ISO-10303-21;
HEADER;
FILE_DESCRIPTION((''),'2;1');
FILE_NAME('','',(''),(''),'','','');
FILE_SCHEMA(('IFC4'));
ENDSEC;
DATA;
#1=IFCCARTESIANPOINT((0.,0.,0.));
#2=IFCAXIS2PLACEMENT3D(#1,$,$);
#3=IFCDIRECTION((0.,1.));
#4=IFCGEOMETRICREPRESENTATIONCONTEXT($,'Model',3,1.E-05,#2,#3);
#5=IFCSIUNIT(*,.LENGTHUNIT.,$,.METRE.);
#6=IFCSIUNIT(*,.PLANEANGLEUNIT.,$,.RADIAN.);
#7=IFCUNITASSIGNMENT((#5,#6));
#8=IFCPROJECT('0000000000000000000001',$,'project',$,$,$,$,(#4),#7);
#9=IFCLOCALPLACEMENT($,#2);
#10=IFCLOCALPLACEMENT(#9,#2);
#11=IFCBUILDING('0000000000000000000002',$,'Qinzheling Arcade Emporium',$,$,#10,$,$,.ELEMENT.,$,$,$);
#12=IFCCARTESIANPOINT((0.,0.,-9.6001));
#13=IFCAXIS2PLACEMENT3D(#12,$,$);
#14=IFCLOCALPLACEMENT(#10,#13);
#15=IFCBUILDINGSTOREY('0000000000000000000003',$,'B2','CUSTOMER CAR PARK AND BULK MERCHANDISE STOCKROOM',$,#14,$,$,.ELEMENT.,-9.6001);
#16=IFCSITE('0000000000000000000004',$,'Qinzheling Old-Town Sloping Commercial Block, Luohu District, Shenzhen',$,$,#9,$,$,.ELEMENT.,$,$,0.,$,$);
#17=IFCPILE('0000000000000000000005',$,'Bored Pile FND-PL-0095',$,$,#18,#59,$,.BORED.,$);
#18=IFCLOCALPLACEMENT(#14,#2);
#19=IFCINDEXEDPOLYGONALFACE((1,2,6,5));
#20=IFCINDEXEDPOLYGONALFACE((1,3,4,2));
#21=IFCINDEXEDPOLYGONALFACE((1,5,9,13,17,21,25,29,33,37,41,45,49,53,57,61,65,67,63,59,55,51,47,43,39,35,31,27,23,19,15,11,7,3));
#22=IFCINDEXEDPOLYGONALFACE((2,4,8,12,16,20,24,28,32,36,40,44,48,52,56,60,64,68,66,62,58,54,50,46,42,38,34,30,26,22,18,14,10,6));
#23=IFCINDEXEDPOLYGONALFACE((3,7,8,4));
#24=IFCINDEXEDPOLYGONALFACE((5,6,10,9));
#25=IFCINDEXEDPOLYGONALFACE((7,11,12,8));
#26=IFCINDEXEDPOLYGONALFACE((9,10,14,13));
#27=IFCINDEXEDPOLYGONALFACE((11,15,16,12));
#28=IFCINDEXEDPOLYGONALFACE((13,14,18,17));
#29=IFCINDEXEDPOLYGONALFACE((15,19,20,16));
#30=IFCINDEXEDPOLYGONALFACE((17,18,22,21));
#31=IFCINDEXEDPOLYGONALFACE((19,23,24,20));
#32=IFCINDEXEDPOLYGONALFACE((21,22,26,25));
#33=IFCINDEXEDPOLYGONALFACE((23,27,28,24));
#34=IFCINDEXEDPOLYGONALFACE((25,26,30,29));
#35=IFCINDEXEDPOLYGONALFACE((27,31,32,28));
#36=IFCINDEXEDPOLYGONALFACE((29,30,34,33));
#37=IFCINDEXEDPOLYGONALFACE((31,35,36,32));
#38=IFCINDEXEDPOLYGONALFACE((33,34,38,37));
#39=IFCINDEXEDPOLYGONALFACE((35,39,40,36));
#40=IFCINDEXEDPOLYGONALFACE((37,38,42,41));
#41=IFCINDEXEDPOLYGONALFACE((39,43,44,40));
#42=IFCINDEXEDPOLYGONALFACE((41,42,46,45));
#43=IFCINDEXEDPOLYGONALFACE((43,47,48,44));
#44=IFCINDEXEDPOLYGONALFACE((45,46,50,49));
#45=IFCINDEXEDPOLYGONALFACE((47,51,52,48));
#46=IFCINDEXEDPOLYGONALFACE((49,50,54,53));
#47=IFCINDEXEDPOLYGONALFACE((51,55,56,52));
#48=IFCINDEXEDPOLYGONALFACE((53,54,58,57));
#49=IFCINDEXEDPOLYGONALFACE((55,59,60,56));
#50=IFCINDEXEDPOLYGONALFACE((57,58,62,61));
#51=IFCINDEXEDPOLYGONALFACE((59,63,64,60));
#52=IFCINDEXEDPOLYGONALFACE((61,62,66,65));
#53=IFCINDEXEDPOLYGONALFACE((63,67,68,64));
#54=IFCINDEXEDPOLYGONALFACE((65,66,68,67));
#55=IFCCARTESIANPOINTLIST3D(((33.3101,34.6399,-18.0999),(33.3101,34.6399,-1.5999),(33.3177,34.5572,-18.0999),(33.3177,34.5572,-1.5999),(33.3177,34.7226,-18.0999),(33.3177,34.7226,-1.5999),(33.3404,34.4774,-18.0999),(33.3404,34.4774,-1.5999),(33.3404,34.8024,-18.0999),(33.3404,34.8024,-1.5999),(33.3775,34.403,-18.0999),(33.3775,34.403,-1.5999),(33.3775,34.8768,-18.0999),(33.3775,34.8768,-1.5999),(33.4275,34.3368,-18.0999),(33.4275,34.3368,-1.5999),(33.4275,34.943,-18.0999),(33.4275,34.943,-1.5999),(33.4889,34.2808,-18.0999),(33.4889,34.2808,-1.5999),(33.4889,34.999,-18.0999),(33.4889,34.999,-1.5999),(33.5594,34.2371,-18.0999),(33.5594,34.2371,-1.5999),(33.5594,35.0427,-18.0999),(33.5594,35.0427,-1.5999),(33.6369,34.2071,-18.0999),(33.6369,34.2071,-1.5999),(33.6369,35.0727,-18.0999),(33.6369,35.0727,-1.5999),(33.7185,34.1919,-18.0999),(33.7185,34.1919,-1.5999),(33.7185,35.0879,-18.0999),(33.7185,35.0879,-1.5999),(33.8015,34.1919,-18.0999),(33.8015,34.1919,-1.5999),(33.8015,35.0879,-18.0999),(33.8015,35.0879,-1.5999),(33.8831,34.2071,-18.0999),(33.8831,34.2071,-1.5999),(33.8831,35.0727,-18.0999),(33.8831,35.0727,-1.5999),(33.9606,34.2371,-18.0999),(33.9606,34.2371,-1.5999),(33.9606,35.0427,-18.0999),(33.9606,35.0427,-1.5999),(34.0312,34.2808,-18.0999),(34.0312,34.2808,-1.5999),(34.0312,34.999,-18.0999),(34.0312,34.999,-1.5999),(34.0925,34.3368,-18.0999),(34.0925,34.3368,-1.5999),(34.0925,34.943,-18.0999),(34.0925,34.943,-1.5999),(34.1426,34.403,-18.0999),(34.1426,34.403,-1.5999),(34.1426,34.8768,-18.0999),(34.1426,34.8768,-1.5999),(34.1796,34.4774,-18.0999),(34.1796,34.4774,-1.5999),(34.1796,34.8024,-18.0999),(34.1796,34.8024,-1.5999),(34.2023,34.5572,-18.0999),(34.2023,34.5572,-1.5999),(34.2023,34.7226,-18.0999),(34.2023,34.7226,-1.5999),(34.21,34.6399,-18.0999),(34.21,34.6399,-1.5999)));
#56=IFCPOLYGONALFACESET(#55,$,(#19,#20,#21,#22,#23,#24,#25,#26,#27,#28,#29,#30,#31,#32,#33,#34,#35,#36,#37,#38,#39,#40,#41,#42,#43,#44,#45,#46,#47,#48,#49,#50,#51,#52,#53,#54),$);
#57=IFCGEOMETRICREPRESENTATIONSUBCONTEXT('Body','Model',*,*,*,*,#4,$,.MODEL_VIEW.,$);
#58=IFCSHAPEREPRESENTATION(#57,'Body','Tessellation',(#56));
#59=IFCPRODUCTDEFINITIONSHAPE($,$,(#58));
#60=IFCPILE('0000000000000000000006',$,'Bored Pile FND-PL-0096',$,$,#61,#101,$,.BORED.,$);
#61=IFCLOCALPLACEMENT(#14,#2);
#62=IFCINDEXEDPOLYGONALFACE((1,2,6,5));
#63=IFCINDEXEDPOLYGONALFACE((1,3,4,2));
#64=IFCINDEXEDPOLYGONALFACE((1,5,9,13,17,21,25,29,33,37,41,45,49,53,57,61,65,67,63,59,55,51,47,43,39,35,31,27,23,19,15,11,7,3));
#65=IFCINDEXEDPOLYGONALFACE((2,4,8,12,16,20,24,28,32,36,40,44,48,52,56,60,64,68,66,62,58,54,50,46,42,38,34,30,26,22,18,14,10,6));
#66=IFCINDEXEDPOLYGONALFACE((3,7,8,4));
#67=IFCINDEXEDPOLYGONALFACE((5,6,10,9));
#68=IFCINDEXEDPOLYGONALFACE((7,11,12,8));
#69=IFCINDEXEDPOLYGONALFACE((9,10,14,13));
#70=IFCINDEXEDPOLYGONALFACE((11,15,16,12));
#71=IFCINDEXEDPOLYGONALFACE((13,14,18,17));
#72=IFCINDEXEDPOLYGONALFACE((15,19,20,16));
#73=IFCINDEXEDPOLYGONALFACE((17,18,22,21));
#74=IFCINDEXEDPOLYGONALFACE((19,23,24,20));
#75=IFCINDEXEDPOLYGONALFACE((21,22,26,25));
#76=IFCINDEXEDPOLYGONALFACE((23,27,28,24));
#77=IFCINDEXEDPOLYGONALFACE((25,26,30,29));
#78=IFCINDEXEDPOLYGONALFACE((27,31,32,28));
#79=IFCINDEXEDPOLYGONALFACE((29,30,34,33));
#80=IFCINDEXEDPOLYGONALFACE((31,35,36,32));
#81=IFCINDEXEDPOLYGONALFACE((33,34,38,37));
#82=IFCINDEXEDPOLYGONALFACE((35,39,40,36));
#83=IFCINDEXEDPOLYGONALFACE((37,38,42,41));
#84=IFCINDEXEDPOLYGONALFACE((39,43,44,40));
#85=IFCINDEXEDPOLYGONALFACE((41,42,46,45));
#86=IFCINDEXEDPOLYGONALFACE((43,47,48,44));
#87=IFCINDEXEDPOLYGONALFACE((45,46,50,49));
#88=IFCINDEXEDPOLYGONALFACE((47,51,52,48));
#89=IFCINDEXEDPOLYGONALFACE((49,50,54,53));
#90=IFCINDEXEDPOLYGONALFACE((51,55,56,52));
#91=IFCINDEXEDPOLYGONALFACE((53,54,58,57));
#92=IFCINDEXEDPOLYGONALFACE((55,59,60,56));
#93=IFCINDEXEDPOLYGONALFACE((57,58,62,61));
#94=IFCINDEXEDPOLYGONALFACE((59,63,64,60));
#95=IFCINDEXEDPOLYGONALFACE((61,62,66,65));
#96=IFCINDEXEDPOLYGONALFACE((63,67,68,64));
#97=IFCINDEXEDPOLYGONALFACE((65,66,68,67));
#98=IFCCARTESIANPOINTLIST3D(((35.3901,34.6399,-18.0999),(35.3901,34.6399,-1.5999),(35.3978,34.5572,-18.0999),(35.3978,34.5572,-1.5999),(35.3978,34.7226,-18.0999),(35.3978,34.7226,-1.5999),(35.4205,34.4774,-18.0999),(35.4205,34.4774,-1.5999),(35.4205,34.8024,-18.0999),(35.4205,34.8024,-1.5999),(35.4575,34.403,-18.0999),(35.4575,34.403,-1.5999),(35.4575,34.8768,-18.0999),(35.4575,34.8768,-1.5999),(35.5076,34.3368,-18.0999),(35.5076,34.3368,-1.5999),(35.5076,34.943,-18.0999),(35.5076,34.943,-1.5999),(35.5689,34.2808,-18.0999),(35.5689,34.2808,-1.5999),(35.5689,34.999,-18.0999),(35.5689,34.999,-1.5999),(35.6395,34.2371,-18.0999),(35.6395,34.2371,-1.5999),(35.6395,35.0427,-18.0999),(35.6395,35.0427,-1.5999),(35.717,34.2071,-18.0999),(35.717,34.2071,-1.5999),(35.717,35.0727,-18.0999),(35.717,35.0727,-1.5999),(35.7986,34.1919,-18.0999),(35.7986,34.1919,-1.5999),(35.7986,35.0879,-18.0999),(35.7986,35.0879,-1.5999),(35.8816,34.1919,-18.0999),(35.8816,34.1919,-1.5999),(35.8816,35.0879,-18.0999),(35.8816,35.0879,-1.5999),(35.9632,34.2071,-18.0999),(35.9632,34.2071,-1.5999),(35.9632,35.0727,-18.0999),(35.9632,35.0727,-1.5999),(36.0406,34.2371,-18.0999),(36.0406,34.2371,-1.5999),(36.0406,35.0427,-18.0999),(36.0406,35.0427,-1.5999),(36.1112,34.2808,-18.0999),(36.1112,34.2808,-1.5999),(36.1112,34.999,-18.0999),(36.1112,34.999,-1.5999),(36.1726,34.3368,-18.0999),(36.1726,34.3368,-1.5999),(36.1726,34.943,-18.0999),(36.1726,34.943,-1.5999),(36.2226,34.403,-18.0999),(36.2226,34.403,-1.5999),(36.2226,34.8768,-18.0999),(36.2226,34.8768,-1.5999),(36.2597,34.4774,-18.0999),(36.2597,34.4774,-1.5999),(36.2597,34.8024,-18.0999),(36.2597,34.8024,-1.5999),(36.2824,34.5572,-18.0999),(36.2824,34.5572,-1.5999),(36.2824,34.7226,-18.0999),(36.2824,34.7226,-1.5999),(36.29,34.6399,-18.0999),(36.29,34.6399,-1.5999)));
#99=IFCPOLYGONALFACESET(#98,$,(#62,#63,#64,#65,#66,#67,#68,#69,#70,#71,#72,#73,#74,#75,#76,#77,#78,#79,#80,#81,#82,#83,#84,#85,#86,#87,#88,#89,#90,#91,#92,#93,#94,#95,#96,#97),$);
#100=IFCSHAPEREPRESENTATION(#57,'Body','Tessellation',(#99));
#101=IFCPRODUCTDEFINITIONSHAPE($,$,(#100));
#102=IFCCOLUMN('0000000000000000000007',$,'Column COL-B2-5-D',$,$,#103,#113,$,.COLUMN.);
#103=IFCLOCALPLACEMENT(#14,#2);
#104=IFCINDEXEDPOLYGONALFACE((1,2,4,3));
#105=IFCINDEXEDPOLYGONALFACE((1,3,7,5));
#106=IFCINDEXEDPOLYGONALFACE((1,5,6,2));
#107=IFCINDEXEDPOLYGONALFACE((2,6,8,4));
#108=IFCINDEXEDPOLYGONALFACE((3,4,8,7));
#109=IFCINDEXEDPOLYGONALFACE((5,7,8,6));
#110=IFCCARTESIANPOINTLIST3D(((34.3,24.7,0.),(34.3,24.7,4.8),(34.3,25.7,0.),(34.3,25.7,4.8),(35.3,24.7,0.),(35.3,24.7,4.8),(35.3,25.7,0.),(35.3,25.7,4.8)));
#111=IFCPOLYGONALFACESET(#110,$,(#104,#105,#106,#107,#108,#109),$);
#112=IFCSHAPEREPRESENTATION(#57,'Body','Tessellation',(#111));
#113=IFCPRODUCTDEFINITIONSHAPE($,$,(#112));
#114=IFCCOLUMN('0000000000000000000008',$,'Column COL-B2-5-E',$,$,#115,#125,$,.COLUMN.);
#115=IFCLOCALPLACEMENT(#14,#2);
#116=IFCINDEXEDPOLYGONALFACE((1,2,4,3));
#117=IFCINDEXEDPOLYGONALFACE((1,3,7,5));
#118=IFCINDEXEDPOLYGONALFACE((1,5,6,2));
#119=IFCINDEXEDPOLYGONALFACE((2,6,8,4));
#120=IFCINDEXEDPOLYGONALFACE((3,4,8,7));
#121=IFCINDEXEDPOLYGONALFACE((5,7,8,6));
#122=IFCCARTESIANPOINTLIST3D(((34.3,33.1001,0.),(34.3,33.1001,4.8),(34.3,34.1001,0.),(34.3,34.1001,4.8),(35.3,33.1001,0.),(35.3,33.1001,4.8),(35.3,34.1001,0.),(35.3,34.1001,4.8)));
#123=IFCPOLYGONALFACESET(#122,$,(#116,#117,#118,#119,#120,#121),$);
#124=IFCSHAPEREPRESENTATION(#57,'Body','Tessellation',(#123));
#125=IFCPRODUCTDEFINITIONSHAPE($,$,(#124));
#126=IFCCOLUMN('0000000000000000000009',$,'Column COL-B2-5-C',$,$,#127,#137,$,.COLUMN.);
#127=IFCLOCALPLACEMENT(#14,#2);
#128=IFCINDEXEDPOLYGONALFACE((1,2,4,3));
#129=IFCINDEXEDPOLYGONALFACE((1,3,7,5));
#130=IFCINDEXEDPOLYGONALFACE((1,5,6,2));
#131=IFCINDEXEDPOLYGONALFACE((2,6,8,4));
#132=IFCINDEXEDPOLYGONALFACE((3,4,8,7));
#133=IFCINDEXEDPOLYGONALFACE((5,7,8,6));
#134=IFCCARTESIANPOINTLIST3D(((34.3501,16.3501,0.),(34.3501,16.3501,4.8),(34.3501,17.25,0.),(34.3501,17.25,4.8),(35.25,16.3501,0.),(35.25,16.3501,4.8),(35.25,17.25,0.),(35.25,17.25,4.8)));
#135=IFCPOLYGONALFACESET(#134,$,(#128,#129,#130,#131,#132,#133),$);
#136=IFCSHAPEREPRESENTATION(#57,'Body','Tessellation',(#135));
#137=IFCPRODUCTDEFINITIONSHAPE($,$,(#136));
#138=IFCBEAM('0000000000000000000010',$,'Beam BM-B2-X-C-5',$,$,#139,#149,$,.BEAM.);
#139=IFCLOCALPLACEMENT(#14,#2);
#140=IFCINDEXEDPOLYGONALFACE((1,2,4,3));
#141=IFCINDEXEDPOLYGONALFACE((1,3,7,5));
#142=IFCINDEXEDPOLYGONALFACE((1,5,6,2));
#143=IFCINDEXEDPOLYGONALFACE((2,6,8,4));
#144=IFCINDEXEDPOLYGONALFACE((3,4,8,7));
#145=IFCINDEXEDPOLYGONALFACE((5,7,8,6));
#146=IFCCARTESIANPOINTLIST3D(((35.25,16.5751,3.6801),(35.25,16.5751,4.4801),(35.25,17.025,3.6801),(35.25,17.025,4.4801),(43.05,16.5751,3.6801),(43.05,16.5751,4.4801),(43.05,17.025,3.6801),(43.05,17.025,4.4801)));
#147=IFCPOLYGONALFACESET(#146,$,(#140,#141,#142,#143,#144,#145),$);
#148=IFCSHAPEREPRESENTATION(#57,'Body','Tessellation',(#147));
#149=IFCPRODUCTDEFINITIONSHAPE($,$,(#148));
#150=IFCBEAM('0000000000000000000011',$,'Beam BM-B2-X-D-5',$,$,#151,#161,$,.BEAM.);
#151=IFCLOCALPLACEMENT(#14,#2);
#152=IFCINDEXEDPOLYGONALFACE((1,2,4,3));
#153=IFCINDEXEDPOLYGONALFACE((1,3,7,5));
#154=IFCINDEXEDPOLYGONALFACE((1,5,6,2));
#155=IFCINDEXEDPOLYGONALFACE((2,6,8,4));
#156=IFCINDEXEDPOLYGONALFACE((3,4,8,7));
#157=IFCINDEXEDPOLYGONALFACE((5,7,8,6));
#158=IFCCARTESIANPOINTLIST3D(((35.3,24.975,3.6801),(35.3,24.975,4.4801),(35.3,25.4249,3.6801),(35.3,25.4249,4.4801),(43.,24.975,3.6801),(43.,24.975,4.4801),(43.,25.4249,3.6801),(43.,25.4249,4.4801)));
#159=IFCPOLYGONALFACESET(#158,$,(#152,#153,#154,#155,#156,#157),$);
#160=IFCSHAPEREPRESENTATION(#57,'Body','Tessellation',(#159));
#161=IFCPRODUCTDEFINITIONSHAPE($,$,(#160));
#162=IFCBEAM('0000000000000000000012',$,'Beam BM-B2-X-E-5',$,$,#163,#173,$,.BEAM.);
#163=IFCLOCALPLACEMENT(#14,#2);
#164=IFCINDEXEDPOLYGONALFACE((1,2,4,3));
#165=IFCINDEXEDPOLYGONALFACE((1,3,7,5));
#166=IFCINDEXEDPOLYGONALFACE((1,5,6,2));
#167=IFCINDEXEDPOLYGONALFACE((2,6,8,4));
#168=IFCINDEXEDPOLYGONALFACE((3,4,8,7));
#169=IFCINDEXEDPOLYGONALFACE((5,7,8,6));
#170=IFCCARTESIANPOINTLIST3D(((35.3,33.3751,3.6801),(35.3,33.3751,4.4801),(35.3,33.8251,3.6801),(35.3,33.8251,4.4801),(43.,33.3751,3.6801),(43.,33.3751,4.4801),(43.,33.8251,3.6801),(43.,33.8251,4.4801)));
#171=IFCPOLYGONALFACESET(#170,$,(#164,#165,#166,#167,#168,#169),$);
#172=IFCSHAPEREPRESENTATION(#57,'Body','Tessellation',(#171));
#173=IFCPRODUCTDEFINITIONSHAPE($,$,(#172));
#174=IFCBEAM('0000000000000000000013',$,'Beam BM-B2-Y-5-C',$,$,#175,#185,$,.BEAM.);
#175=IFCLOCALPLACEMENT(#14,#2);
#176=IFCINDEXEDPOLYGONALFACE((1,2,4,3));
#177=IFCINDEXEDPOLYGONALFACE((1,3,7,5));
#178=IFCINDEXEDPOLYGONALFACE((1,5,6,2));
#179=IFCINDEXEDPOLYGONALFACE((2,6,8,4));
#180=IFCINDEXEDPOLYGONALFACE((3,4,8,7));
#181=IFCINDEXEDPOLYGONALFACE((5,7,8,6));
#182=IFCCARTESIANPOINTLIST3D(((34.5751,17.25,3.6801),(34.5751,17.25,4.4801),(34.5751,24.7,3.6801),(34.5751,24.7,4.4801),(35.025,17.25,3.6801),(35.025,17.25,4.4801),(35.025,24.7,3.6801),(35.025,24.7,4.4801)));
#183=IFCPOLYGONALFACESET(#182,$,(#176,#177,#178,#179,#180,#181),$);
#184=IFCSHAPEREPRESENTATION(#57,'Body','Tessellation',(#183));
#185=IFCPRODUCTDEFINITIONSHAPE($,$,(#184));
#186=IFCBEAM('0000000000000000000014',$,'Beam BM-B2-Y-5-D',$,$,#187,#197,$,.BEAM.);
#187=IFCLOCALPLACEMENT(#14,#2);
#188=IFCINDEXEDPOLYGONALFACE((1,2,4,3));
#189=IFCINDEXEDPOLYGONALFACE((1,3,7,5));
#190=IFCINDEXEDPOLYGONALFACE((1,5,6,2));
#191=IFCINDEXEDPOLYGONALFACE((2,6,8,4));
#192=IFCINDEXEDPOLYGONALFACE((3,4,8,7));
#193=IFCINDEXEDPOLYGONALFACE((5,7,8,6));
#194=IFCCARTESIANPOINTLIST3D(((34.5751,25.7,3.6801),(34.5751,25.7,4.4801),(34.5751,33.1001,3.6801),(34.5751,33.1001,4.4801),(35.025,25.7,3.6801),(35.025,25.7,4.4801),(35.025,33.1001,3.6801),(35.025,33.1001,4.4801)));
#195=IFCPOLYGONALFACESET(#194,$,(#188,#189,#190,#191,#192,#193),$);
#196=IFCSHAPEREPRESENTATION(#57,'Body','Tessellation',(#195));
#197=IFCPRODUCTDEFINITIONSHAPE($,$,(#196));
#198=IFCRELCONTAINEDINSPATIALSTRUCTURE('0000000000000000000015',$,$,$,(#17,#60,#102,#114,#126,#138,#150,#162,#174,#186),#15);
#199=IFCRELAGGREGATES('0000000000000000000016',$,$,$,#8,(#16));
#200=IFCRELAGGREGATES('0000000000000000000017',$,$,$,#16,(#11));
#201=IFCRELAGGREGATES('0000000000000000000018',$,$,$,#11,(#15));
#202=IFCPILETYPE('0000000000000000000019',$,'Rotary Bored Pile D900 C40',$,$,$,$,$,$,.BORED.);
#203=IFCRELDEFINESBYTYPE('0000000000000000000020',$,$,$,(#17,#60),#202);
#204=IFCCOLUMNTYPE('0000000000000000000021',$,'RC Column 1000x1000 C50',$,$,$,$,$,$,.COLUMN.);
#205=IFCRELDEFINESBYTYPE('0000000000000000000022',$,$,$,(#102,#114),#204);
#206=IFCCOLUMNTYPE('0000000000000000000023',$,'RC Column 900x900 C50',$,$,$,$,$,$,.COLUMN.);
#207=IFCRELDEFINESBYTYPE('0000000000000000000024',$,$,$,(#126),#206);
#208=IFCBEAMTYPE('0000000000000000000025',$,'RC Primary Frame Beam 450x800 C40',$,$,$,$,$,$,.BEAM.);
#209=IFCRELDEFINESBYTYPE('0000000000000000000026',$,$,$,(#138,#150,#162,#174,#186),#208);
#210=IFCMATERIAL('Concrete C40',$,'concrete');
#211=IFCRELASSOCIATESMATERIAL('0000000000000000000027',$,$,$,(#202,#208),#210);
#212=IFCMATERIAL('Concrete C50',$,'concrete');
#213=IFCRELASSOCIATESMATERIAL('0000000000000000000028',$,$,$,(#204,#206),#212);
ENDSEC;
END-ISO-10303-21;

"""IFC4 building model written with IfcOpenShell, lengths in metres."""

from ifc_helpers import new_model, si_unit, direction, frame, origin, origin_2d, place, context, subcontext, project, spatial, rectangle, circle, extrude, material, material_profile, profile_set, type_object, element, save


model = new_model("IFC4")

# Units and contexts
model_context = context("Model", 3, precision=1e-05, world=origin(), true_north=direction((0.0, 1.0)))
body_context = subcontext(model_context, "Body", "Model", "MODEL_VIEW")
ifc_project = project(units=[si_unit("LENGTHUNIT", "METRE"), si_unit("PLANEANGLEUNIT", "RADIAN")], contexts=[model_context])

# Site, building, storey
site_placement = place(None, origin())
site = spatial("IfcSite", under=ifc_project, at=site_placement, Name="Qinzheling Old-Town Sloping Commercial Block, Luohu District, Shenzhen", CompositionType="ELEMENT", RefElevation=0.0)
building_placement = place(site_placement, origin())
building = spatial("IfcBuilding", under=site, at=building_placement, Name="Qinzheling Arcade Emporium", CompositionType="ELEMENT")
storey_placement = place(building_placement, frame((0.0, 0.0, -9.6001)))
storey = spatial("IfcBuildingStorey", under=building, at=storey_placement, Name="B2", Description="CUSTOMER CAR PARK AND BULK MERCHANDISE STOCKROOM", CompositionType="ELEMENT", Elevation=-9.6001)

# Shared definitions
ifc_material_1 = material(Name="Concrete C40", Category="concrete")

# Piles
ifc_material_profile_1 = material_profile(ifc_material_1, circle(Radius=0.45, at=origin_2d()), Name="BORED D900", Category="concrete")
ifc_profile_set_1 = profile_set([ifc_material_profile_1], Name="Concrete C40")
pile_type = type_object("IfcPileType", Name="Rotary Bored Pile D900 C40", PredefinedType="BORED", material=ifc_profile_set_1)
for number, where, z_axis, x_axis, name in (
    (1, (33.76, 34.6399, -1.5999), (0.0, 0.0, -1.0), (1.0, 0.0, 0.0), "Bored Pile FND-PL-0095"),
    (2, (35.8401, 34.6399, -1.5999), (0.0, 0.0, -1.0), (1.0, 0.0, 0.0), "Bored Pile FND-PL-0096"),
):
    element("IfcPile", number, at=place(storey_placement, frame(where, z_axis=z_axis, x_axis=x_axis)), inside=storey, type_object=pile_type, Name=name, PredefinedType="BORED", context=body_context, shape_type="SweptSolid", body=[
        extrude(circle(Radius=0.45, at=origin_2d()), origin(), (0.0, 0.0, 1.0), 16.5),
    ])

# Columns
ifc_material_2 = material(Name="Concrete C50", Category="concrete")
ifc_material_profile_2 = material_profile(ifc_material_2, rectangle(XDim=1.0, YDim=1.0, at=origin_2d()), Name="RC 1000x1000", Category="concrete")
ifc_profile_set_2 = profile_set([ifc_material_profile_2], Name="Concrete C50")
column_type_1 = type_object("IfcColumnType", Name="RC Column 1000x1000 C50", PredefinedType="COLUMN", material=ifc_profile_set_2)
for number, where, z_axis, x_axis, name in (
    (3, (34.8, 25.2, 0.0), (0.0, 0.0, 1.0), (1.0, 0.0, 0.0), "Column COL-B2-5-D"),
    (4, (34.8, 33.6001, 0.0), (0.0, 0.0, 1.0), (1.0, 0.0, 0.0), "Column COL-B2-5-E"),
):
    element("IfcColumn", number, at=place(storey_placement, frame(where, z_axis=z_axis, x_axis=x_axis)), inside=storey, type_object=column_type_1, Name=name, PredefinedType="COLUMN", context=body_context, shape_type="SweptSolid", body=[
        extrude(rectangle(XDim=1.0, YDim=1.0, at=origin_2d()), origin(), (0.0, 0.0, 1.0), 4.8),
    ])
ifc_material_profile_3 = material_profile(ifc_material_2, rectangle(XDim=0.8999, YDim=0.8999, at=origin_2d()), Name="RC 900x900", Category="concrete")
ifc_profile_set_3 = profile_set([ifc_material_profile_3], Name="Concrete C50")
column_type_2 = type_object("IfcColumnType", Name="RC Column 900x900 C50", PredefinedType="COLUMN", material=ifc_profile_set_3)
column_placement = place(storey_placement, frame((34.8, 16.8, 0.0), z_axis=(0.0, 0.0, 1.0), x_axis=(1.0, 0.0, 0.0)))
element("IfcColumn", 5, at=column_placement, inside=storey, type_object=column_type_2, Name="Column COL-B2-5-C", PredefinedType="COLUMN", context=body_context, shape_type="SweptSolid", body=[
    extrude(rectangle(XDim=0.8999, YDim=0.8999, at=origin_2d()), origin(), (0.0, 0.0, 1.0), 4.8),
])

# Beams
ifc_material_profile_4 = material_profile(ifc_material_1, rectangle(XDim=0.45, YDim=0.8, at=origin_2d()), Name="RC 450x800", Category="concrete")
ifc_profile_set_4 = profile_set([ifc_material_profile_4], Name="Concrete C40")
beam_type = type_object("IfcBeamType", Name="RC Primary Frame Beam 450x800 C40", PredefinedType="BEAM", material=ifc_profile_set_4)
beam_1_placement = place(storey_placement, frame((35.25, 16.8, 4.0801), z_axis=(1.0, 0.0, 0.0), x_axis=(0.0, 1.0, 0.0)))
element("IfcBeam", 6, at=beam_1_placement, inside=storey, type_object=beam_type, Name="Beam BM-B2-X-C-5", PredefinedType="BEAM", context=body_context, shape_type="SweptSolid", body=[
    extrude(rectangle(XDim=0.45, YDim=0.8, at=origin_2d()), origin(), (0.0, 0.0, 1.0), 7.8),
])
for number, where, z_axis, x_axis, name in (
    (7, (35.3, 25.2, 4.0801), (1.0, 0.0, 0.0), (0.0, 1.0, 0.0), "Beam BM-B2-X-D-5"),
    (8, (35.3, 33.6001, 4.0801), (1.0, 0.0, 0.0), (0.0, 1.0, 0.0), "Beam BM-B2-X-E-5"),
):
    element("IfcBeam", number, at=place(storey_placement, frame(where, z_axis=z_axis, x_axis=x_axis)), inside=storey, type_object=beam_type, Name=name, PredefinedType="BEAM", context=body_context, shape_type="SweptSolid", body=[
        extrude(rectangle(XDim=0.45, YDim=0.8, at=origin_2d()), origin(), (0.0, 0.0, 1.0), 7.7),
    ])
beam_2_placement = place(storey_placement, frame((34.8, 17.25, 4.0801), z_axis=(0.0, 1.0, 0.0), x_axis=(-1.0, 0.0, 0.0)))
element("IfcBeam", 9, at=beam_2_placement, inside=storey, type_object=beam_type, Name="Beam BM-B2-Y-5-C", PredefinedType="BEAM", context=body_context, shape_type="SweptSolid", body=[
    extrude(rectangle(XDim=0.45, YDim=0.8, at=origin_2d()), origin(), (0.0, 0.0, 1.0), 7.45),
])
beam_3_placement = place(storey_placement, frame((34.8, 25.7, 4.0801), z_axis=(0.0, 1.0, 0.0), x_axis=(-1.0, 0.0, 0.0)))
element("IfcBeam", 10, at=beam_3_placement, inside=storey, type_object=beam_type, Name="Beam BM-B2-Y-5-D", PredefinedType="BEAM", context=body_context, shape_type="SweptSolid", body=[
    extrude(rectangle(XDim=0.45, YDim=0.8, at=origin_2d()), origin(), (0.0, 0.0, 1.0), 7.4001),
])

save(model, "model.ifc")
